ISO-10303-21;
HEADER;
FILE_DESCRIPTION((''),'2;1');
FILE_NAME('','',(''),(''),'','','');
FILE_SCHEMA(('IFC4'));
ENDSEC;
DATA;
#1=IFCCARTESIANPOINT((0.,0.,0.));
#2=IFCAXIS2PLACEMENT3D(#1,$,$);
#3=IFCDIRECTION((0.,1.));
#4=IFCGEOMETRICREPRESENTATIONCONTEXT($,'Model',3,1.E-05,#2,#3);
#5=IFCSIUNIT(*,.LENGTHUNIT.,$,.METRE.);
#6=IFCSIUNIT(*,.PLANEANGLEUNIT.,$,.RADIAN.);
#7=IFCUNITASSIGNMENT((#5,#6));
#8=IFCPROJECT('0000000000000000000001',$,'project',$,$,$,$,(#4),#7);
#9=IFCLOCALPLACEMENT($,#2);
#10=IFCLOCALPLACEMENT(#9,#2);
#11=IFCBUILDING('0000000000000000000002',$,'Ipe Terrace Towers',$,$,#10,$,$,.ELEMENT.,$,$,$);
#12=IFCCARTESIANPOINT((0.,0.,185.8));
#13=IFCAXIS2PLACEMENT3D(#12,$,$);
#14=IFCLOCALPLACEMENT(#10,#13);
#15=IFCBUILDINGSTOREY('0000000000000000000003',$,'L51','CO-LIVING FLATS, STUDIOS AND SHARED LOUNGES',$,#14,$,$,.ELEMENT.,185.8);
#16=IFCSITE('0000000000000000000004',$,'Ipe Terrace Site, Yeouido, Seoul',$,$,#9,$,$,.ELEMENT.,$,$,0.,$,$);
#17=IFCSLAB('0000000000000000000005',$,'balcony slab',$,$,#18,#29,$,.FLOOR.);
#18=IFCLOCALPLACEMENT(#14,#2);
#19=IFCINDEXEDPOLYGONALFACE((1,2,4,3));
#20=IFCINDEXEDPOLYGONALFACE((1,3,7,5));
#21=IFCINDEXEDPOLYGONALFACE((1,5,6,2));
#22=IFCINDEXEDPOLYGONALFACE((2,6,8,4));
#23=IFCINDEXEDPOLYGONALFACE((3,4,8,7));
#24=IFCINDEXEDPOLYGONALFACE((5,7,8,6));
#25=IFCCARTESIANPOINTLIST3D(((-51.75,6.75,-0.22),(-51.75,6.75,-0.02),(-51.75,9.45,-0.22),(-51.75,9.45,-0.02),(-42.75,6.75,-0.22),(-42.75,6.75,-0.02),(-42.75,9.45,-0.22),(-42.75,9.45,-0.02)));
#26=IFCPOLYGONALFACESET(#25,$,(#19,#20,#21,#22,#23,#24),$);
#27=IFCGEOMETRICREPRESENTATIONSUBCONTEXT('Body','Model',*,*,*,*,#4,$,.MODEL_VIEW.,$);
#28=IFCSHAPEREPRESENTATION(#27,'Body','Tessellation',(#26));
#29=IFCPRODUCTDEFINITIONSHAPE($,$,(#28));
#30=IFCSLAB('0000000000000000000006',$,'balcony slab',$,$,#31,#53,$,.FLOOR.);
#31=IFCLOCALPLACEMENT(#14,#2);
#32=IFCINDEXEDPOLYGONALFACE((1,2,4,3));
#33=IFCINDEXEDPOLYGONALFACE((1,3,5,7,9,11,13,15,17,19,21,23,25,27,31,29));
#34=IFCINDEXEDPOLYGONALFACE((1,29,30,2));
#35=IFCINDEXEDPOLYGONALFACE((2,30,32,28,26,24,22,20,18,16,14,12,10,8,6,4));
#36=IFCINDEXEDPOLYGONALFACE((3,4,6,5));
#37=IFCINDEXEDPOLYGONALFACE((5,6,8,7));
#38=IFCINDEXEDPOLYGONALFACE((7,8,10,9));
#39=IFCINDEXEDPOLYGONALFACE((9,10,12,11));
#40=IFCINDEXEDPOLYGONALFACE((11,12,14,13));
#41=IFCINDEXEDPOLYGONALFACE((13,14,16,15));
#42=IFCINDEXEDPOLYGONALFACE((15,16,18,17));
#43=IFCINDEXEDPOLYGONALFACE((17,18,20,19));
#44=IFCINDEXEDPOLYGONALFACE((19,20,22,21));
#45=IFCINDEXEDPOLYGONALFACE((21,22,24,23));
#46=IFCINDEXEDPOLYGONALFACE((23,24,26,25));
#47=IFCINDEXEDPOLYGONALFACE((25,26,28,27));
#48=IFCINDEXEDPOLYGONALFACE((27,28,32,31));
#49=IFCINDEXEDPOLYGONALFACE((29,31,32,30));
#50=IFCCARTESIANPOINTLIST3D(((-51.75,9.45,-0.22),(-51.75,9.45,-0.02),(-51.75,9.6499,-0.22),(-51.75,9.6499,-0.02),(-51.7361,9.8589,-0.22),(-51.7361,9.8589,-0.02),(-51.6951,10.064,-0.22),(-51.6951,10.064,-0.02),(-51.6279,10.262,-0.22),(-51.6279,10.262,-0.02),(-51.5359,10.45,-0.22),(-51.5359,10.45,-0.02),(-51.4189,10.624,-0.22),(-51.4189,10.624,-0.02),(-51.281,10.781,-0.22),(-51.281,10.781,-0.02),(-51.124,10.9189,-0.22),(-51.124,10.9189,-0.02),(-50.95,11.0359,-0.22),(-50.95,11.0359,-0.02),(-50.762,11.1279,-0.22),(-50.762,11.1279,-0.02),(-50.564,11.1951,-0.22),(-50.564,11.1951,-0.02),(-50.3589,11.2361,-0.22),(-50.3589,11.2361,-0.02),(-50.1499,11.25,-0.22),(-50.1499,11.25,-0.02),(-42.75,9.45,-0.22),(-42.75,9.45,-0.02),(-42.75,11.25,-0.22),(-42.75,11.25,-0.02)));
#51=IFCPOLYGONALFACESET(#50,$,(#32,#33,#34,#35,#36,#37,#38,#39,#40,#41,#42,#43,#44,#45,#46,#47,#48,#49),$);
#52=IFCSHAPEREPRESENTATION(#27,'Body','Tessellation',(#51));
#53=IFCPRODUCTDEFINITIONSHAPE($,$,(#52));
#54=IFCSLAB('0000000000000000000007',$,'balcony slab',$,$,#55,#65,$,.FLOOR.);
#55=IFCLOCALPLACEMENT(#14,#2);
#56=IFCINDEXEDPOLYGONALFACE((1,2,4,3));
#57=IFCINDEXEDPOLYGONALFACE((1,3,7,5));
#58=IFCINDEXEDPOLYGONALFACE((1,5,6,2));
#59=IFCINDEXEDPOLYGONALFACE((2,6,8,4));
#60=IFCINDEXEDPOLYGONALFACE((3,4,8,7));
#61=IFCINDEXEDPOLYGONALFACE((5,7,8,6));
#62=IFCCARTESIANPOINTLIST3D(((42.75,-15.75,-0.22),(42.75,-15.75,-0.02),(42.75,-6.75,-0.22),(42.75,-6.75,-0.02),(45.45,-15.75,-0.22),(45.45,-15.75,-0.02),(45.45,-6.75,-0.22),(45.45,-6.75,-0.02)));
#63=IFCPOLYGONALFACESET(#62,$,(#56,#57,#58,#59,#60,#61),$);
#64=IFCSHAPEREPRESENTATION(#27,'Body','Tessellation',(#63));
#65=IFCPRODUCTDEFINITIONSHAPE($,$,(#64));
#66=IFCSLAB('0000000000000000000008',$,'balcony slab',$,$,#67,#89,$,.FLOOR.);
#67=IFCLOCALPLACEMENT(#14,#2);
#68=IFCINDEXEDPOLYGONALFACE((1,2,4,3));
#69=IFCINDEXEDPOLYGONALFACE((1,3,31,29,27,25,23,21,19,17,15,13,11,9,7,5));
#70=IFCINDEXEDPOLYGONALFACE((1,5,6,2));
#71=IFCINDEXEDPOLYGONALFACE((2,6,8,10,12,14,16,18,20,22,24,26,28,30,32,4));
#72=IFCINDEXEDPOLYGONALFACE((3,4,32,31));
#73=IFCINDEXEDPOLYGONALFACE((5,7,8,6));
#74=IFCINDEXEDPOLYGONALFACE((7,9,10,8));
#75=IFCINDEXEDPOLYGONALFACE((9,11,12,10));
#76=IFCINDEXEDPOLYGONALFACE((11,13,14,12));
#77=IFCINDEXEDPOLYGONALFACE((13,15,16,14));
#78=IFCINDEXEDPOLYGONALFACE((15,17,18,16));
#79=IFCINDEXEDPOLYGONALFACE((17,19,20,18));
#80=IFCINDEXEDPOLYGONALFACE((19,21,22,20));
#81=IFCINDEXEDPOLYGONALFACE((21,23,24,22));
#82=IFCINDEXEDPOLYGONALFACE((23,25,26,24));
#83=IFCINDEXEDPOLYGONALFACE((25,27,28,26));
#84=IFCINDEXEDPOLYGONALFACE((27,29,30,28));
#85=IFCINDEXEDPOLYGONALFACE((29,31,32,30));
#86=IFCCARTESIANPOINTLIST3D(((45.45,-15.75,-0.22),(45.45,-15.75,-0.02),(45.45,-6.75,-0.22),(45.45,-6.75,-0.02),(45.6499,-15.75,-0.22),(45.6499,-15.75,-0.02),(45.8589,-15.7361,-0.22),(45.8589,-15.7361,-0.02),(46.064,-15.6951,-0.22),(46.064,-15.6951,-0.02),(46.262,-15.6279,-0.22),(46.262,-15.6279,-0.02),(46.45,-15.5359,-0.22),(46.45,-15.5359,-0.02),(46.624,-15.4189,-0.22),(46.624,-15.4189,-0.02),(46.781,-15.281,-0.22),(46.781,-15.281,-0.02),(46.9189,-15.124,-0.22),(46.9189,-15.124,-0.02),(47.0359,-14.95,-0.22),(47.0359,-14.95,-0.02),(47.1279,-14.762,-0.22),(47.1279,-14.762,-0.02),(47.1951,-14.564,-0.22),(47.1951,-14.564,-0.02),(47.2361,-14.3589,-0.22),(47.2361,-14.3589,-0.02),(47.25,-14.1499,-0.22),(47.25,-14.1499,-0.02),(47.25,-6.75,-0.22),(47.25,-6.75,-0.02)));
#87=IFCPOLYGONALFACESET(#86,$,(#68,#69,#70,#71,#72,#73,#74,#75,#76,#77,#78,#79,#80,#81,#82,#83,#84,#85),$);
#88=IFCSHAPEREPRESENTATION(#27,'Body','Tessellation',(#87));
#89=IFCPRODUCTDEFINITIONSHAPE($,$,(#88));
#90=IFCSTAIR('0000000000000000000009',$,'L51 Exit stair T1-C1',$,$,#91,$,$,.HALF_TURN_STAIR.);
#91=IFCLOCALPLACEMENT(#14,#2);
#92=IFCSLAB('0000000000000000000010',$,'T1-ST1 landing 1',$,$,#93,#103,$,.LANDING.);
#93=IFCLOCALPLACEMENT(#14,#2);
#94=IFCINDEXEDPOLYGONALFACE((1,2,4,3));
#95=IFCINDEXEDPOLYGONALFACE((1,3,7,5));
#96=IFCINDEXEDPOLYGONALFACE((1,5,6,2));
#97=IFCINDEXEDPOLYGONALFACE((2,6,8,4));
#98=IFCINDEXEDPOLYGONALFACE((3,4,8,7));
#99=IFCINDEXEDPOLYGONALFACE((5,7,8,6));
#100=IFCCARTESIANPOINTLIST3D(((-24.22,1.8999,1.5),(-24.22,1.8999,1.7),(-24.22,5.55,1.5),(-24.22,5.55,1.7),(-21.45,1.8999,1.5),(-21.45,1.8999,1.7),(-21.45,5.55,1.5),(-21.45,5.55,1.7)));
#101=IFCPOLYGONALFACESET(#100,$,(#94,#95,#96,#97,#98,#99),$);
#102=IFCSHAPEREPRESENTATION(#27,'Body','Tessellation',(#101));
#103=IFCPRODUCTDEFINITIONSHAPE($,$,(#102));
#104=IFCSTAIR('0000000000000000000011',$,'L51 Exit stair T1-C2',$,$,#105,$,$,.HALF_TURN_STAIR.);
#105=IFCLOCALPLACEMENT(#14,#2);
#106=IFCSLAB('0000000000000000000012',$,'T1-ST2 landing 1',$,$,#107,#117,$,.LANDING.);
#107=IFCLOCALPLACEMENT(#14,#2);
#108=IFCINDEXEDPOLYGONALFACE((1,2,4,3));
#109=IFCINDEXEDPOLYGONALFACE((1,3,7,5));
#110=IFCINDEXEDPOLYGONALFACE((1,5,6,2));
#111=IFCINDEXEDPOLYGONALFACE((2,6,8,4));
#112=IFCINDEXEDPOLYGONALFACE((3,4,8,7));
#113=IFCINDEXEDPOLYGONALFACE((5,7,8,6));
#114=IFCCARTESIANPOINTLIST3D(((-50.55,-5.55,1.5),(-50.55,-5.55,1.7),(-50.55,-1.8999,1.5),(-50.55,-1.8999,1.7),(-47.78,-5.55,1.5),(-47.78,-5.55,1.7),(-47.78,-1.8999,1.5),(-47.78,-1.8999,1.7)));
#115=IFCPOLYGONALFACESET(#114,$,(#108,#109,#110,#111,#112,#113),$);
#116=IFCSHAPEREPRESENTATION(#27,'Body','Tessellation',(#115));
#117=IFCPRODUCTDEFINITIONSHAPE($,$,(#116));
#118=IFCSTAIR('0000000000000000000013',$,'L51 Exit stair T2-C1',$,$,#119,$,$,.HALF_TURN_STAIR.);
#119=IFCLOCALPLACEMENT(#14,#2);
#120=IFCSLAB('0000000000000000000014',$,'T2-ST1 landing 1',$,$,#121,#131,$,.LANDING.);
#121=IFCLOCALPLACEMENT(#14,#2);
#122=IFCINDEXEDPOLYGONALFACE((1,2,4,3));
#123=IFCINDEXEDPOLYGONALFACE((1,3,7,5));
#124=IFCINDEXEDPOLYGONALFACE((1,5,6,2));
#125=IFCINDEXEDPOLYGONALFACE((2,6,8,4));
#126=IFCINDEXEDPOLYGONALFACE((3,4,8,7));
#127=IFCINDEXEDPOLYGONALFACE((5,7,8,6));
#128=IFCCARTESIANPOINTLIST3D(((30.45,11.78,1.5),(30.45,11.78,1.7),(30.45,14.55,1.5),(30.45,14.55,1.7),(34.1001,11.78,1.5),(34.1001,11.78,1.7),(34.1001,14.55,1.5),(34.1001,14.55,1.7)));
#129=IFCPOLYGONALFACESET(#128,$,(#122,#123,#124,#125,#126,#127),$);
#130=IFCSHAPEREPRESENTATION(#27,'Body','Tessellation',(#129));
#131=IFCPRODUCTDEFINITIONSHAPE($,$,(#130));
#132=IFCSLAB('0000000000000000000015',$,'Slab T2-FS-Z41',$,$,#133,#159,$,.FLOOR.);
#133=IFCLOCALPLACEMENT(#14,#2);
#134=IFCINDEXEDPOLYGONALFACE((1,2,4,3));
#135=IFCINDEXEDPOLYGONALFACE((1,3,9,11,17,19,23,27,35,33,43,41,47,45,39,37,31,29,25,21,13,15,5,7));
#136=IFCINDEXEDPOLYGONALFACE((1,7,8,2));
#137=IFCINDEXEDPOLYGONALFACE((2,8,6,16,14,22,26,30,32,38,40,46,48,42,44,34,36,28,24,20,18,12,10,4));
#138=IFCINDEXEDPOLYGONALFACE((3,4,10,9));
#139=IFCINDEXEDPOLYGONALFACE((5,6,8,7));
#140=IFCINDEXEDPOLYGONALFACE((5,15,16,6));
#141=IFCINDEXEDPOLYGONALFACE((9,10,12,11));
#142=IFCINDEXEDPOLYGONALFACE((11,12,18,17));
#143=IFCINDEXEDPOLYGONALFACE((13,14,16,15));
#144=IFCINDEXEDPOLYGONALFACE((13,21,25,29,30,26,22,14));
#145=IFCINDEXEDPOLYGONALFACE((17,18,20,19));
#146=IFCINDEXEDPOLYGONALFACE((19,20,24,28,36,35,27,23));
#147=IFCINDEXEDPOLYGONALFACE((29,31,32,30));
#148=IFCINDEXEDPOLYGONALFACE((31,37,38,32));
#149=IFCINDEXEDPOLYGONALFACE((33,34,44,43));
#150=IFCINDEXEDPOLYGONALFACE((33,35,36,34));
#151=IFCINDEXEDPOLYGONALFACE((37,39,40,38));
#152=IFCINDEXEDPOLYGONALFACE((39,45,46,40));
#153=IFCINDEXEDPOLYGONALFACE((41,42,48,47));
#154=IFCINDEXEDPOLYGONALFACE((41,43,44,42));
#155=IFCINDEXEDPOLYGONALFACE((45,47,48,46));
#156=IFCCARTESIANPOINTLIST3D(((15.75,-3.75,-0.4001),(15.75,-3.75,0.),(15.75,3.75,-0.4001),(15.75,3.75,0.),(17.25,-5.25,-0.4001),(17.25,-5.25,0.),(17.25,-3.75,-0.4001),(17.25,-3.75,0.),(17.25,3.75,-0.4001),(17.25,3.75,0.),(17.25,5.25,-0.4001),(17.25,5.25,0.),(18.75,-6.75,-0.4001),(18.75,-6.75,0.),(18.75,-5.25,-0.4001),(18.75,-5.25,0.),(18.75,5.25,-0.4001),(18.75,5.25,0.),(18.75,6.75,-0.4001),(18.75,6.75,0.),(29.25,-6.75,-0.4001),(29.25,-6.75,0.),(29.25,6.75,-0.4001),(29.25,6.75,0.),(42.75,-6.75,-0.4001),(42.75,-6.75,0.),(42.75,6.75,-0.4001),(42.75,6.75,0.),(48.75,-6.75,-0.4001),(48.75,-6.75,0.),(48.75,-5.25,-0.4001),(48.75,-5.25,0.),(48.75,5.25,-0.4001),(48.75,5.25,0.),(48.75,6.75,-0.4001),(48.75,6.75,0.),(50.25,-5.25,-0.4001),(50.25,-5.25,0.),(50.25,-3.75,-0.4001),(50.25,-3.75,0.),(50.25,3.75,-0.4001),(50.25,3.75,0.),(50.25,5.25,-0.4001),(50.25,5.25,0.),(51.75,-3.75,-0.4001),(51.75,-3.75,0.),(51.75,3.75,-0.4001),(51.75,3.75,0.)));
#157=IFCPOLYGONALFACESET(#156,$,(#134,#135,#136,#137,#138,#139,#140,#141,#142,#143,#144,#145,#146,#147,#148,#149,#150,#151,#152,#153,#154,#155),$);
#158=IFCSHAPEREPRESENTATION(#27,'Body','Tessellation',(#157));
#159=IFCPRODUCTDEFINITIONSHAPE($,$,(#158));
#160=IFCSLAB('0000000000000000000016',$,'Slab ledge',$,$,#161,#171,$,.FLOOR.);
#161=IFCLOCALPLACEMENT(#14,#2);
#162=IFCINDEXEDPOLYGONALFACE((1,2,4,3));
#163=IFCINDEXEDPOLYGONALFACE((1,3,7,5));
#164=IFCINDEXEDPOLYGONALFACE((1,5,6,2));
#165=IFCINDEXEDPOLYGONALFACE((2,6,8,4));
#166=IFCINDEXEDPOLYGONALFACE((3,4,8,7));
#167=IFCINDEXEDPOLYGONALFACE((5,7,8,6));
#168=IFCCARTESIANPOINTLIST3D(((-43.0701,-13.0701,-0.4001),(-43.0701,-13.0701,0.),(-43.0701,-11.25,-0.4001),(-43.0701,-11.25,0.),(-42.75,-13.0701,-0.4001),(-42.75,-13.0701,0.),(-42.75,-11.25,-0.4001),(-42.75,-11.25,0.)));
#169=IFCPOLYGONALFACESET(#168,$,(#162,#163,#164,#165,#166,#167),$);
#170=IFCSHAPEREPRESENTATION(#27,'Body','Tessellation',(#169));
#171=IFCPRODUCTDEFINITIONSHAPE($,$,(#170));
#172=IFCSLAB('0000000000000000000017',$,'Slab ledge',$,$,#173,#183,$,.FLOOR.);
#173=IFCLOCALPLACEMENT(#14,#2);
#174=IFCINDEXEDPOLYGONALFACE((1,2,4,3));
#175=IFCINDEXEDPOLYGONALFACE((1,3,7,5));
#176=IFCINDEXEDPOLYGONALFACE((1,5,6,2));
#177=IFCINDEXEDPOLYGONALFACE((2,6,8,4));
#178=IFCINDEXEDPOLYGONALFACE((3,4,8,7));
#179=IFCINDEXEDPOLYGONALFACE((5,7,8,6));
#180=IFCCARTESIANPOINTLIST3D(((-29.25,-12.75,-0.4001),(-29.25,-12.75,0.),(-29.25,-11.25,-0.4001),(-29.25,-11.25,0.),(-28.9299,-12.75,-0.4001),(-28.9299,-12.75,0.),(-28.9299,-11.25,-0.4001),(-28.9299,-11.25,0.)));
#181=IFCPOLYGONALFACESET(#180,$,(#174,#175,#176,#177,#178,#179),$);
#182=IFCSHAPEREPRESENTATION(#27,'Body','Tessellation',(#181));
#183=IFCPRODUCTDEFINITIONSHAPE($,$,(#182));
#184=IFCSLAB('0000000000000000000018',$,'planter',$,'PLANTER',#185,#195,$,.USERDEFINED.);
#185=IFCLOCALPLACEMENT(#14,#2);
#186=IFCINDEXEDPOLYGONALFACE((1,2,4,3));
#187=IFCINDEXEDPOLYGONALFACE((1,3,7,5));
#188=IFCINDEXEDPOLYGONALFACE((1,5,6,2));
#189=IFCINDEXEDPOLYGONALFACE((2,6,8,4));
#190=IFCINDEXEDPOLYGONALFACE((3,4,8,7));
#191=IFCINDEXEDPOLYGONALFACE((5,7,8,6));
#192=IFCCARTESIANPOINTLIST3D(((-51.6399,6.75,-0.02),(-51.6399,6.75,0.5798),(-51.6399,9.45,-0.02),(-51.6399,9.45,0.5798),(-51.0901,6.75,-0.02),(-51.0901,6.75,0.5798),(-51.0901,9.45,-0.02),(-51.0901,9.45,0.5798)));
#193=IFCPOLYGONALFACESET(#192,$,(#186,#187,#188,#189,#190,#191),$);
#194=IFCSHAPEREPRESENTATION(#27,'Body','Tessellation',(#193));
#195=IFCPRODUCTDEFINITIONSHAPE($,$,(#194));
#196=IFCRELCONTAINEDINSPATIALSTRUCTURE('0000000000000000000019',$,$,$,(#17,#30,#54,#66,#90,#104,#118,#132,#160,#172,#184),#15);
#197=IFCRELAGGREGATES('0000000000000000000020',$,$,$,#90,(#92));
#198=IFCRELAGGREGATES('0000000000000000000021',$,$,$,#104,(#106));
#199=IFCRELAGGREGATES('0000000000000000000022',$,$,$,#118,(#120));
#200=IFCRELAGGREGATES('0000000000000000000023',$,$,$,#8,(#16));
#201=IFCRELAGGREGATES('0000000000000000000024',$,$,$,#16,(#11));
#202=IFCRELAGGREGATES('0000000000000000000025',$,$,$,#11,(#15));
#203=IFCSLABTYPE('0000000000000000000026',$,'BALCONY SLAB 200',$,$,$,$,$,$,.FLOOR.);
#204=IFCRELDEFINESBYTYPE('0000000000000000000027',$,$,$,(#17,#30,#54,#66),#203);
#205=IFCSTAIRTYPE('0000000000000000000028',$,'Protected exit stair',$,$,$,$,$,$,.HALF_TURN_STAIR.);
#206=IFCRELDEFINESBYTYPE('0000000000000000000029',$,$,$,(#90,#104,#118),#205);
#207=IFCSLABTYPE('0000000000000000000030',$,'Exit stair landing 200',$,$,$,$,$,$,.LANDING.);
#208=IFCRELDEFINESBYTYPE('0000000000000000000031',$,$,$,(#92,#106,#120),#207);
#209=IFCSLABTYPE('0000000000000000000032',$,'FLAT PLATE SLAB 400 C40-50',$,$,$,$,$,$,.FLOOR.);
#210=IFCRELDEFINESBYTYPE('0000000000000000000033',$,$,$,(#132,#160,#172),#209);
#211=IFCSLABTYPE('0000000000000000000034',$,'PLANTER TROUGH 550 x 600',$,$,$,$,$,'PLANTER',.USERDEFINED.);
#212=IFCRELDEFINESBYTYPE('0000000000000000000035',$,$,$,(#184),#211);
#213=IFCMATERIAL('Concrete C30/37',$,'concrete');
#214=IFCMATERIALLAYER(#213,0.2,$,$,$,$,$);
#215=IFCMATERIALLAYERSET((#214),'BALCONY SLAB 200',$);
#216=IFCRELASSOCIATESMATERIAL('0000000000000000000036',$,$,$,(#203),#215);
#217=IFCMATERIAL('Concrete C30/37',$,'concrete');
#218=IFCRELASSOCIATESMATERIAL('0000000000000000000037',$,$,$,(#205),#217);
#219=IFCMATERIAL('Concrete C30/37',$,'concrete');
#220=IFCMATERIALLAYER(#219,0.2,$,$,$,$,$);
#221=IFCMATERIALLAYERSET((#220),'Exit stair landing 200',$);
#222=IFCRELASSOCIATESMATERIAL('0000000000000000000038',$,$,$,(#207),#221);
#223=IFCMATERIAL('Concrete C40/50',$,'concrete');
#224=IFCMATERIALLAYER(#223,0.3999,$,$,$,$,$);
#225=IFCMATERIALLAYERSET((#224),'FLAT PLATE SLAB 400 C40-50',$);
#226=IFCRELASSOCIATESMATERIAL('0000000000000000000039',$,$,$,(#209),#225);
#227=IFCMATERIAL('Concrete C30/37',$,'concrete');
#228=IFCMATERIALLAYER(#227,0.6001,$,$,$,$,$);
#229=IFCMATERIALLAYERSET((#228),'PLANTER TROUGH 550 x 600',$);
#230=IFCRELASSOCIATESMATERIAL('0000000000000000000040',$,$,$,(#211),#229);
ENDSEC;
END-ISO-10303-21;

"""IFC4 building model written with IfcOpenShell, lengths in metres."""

from ifc_helpers import new_model, si_unit, direction, frame, origin, place, context, subcontext, project, spatial, polyline, outline, extrude, material, layer, layer_set, type_object, element, aggregate, save


model = new_model("IFC4")

# Units and contexts
model_context = context("Model", 3, precision=1e-05, world=origin(), true_north=direction((0.0, 1.0)))
body_context = subcontext(model_context, "Body", "Model", "MODEL_VIEW")
ifc_project = project(units=[si_unit("LENGTHUNIT", "METRE"), si_unit("PLANEANGLEUNIT", "RADIAN")], contexts=[model_context])

# Site, building, storey
site_placement = place(None, origin())
site = spatial("IfcSite", under=ifc_project, at=site_placement, Name="Ipe Terrace Site, Yeouido, Seoul", CompositionType="ELEMENT", RefElevation=0.0)
building_placement = place(site_placement, origin())
building = spatial("IfcBuilding", under=site, at=building_placement, Name="Ipe Terrace Towers", CompositionType="ELEMENT")
storey_placement = place(building_placement, frame((0.0, 0.0, 185.8)))
storey = spatial("IfcBuildingStorey", under=building, at=storey_placement, Name="L51", Description="CO-LIVING FLATS, STUDIOS AND SHARED LOUNGES", CompositionType="ELEMENT", Elevation=185.8)

# Slabs
ifc_material_1 = material(Name="Concrete C30/37", Category="concrete")
ifc_layer_1 = layer(ifc_material_1, 0.2)
ifc_layer_set_1 = layer_set([ifc_layer_1], Name="BALCONY SLAB 200")
slab_type_1 = type_object("IfcSlabType", Name="BALCONY SLAB 200", PredefinedType="FLOOR", material=ifc_layer_set_1)
slab_1_placement = place(storey_placement, frame((0.0, 0.0, -0.22)))
element("IfcSlab", 1, at=slab_1_placement, inside=storey, type_object=slab_type_1, Name="balcony slab", PredefinedType="FLOOR", context=body_context, shape_type="SweptSolid", body=[
    extrude(outline(polyline([(-51.75, 6.75), (-42.75, 6.75), (-42.75, 9.45), (-51.75, 9.45), (-51.75, 6.75)])), origin(), (0.0, 0.0, 1.0), 0.2),
])
slab_2_placement = place(storey_placement, frame((0.0, 0.0, -0.22)))
element("IfcSlab", 2, at=slab_2_placement, inside=storey, type_object=slab_type_1, Name="balcony slab", PredefinedType="FLOOR", context=body_context, shape_type="SweptSolid", body=[
    extrude(outline(polyline([(-42.75, 11.25), (-50.1499, 11.25), (-50.3589, 11.2361), (-50.564, 11.1951), (-50.762, 11.1279), (-50.95, 11.0359), (-51.124, 10.9189), (-51.281, 10.781), (-51.4189, 10.624), (-51.5359, 10.45), (-51.6279, 10.262), (-51.6951, 10.064), (-51.7361, 9.8589), (-51.75, 9.6499), (-51.75, 9.45), (-42.75, 9.45), (-42.75, 11.25)])), origin(), (0.0, 0.0, 1.0), 0.2),
])
slab_3_placement = place(storey_placement, frame((0.0, 0.0, -0.22)))
element("IfcSlab", 3, at=slab_3_placement, inside=storey, type_object=slab_type_1, Name="balcony slab", PredefinedType="FLOOR", context=body_context, shape_type="SweptSolid", body=[
    extrude(outline(polyline([(42.75, -15.75), (45.45, -15.75), (45.45, -6.75), (42.75, -6.75), (42.75, -15.75)])), origin(), (0.0, 0.0, 1.0), 0.2),
])
slab_4_placement = place(storey_placement, frame((0.0, 0.0, -0.22)))
element("IfcSlab", 4, at=slab_4_placement, inside=storey, type_object=slab_type_1, Name="balcony slab", PredefinedType="FLOOR", context=body_context, shape_type="SweptSolid", body=[
    extrude(outline(polyline([(47.25, -6.75), (45.45, -6.75), (45.45, -15.75), (45.6499, -15.75), (45.8589, -15.7361), (46.064, -15.6951), (46.262, -15.6279), (46.45, -15.5359), (46.624, -15.4189), (46.781, -15.281), (46.9189, -15.124), (47.0359, -14.95), (47.1279, -14.762), (47.1951, -14.564), (47.2361, -14.3589), (47.25, -14.1499), (47.25, -6.75)])), origin(), (0.0, 0.0, 1.0), 0.2),
])

# Stairs, slabs
ifc_material_2 = material(Name="Concrete C30/37", Category="concrete")
stair_type = type_object("IfcStairType", Name="Protected exit stair", PredefinedType="HALF_TURN_STAIR", material=ifc_material_2)
stair_1_placement = place(storey_placement, origin())
stair_1 = element("IfcStair", 5, at=stair_1_placement, inside=storey, type_object=stair_type, Name="L51 Exit stair T1-C1", PredefinedType="HALF_TURN_STAIR")
ifc_material_3 = material(Name="Concrete C30/37", Category="concrete")
ifc_layer_2 = layer(ifc_material_3, 0.2)
ifc_layer_set_2 = layer_set([ifc_layer_2], Name="Exit stair landing 200")
slab_type_2 = type_object("IfcSlabType", Name="Exit stair landing 200", PredefinedType="LANDING", material=ifc_layer_set_2)
slab_5_placement = place(storey_placement, frame((0.0, 0.0, 1.5)))
slab_5 = element("IfcSlab", 6, at=slab_5_placement, type_object=slab_type_2, Name="T1-ST1 landing 1", PredefinedType="LANDING", context=body_context, shape_type="SweptSolid", body=[
    extrude(outline(polyline([(-24.22, 1.8999), (-21.45, 1.8999), (-21.45, 5.55), (-24.22, 5.55), (-24.22, 1.8999)])), origin(), (0.0, 0.0, 1.0), 0.2),
])
aggregate(stair_1, [slab_5])
stair_2_placement = place(storey_placement, origin())
stair_2 = element("IfcStair", 7, at=stair_2_placement, inside=storey, type_object=stair_type, Name="L51 Exit stair T1-C2", PredefinedType="HALF_TURN_STAIR")
slab_6_placement = place(storey_placement, frame((0.0, 0.0, 1.5)))
slab_6 = element("IfcSlab", 8, at=slab_6_placement, type_object=slab_type_2, Name="T1-ST2 landing 1", PredefinedType="LANDING", context=body_context, shape_type="SweptSolid", body=[
    extrude(outline(polyline([(-47.78, -1.8999), (-50.55, -1.8999), (-50.55, -5.55), (-47.78, -5.55), (-47.78, -1.8999)])), origin(), (0.0, 0.0, 1.0), 0.2),
])
aggregate(stair_2, [slab_6])
stair_3_placement = place(storey_placement, origin())
stair_3 = element("IfcStair", 9, at=stair_3_placement, inside=storey, type_object=stair_type, Name="L51 Exit stair T2-C1", PredefinedType="HALF_TURN_STAIR")
slab_7_placement = place(storey_placement, frame((0.0, 0.0, 1.5)))
slab_7 = element("IfcSlab", 10, at=slab_7_placement, type_object=slab_type_2, Name="T2-ST1 landing 1", PredefinedType="LANDING", context=body_context, shape_type="SweptSolid", body=[
    extrude(outline(polyline([(34.1001, 11.78), (34.1001, 14.55), (30.45, 14.55), (30.45, 11.78), (34.1001, 11.78)])), origin(), (0.0, 0.0, 1.0), 0.2),
])
aggregate(stair_3, [slab_7])

# Slabs
ifc_material_4 = material(Name="Concrete C40/50", Category="concrete")
ifc_layer_3 = layer(ifc_material_4, 0.3999)
ifc_layer_set_3 = layer_set([ifc_layer_3], Name="FLAT PLATE SLAB 400 C40-50")
slab_type_3 = type_object("IfcSlabType", Name="FLAT PLATE SLAB 400 C40-50", PredefinedType="FLOOR", material=ifc_layer_set_3)
slab_8_placement = place(storey_placement, frame((0.0, 0.0, -0.4001)))
element("IfcSlab", 11, at=slab_8_placement, inside=storey, type_object=slab_type_3, Name="Slab T2-FS-Z41", PredefinedType="FLOOR", context=body_context, shape_type="SweptSolid", body=[
    extrude(outline(polyline([(48.75, 5.25), (50.25, 5.25), (50.25, 3.75), (51.75, 3.75), (51.75, -3.75), (50.25, -3.75), (50.25, -5.25), (48.75, -5.25), (48.75, -6.75), (42.75, -6.75), (29.25, -6.75), (18.75, -6.75), (18.75, -5.25), (17.25, -5.25), (17.25, -3.75), (15.75, -3.75), (15.75, 3.75), (17.25, 3.75), (17.25, 5.25), (18.75, 5.25), (18.75, 6.75), (29.25, 6.75), (42.75, 6.75), (48.75, 6.75), (48.75, 5.25)])), origin(), (0.0, 0.0, 1.0), 0.4001),
])
slab_9_placement = place(storey_placement, frame((0.0, 0.0, -0.4001)))
element("IfcSlab", 12, at=slab_9_placement, inside=storey, type_object=slab_type_3, Name="Slab ledge", PredefinedType="FLOOR", context=body_context, shape_type="SweptSolid", body=[
    extrude(outline(polyline([(-42.75, -11.25), (-42.75, -13.0701), (-43.0701, -13.0701), (-43.0701, -11.25), (-42.75, -11.25)])), origin(), (0.0, 0.0, 1.0), 0.4001),
])
slab_10_placement = place(storey_placement, frame((0.0, 0.0, -0.4001)))
element("IfcSlab", 13, at=slab_10_placement, inside=storey, type_object=slab_type_3, Name="Slab ledge", PredefinedType="FLOOR", context=body_context, shape_type="SweptSolid", body=[
    extrude(outline(polyline([(-29.25, -12.75), (-29.25, -11.25), (-28.9299, -11.25), (-28.9299, -12.75), (-29.25, -12.75)])), origin(), (0.0, 0.0, 1.0), 0.4001),
])
ifc_material_5 = material(Name="Concrete C30/37", Category="concrete")
ifc_layer_4 = layer(ifc_material_5, 0.6001)
ifc_layer_set_4 = layer_set([ifc_layer_4], Name="PLANTER TROUGH 550 x 600")
slab_type_4 = type_object("IfcSlabType", Name="PLANTER TROUGH 550 x 600", ElementType="PLANTER", PredefinedType="USERDEFINED", material=ifc_layer_set_4)
slab_11_placement = place(storey_placement, frame((0.0, 0.0, -0.02)))
element("IfcSlab", 14, at=slab_11_placement, inside=storey, type_object=slab_type_4, Name="planter", ObjectType="PLANTER", PredefinedType="USERDEFINED", context=body_context, shape_type="SweptSolid", body=[
    extrude(outline(polyline([(-51.6399, 6.75), (-51.0901, 6.75), (-51.0901, 9.45), (-51.6399, 9.45), (-51.6399, 6.75)])), origin(), (0.0, 0.0, 1.0), 0.5999),
])

save(model, "model.ifc")
